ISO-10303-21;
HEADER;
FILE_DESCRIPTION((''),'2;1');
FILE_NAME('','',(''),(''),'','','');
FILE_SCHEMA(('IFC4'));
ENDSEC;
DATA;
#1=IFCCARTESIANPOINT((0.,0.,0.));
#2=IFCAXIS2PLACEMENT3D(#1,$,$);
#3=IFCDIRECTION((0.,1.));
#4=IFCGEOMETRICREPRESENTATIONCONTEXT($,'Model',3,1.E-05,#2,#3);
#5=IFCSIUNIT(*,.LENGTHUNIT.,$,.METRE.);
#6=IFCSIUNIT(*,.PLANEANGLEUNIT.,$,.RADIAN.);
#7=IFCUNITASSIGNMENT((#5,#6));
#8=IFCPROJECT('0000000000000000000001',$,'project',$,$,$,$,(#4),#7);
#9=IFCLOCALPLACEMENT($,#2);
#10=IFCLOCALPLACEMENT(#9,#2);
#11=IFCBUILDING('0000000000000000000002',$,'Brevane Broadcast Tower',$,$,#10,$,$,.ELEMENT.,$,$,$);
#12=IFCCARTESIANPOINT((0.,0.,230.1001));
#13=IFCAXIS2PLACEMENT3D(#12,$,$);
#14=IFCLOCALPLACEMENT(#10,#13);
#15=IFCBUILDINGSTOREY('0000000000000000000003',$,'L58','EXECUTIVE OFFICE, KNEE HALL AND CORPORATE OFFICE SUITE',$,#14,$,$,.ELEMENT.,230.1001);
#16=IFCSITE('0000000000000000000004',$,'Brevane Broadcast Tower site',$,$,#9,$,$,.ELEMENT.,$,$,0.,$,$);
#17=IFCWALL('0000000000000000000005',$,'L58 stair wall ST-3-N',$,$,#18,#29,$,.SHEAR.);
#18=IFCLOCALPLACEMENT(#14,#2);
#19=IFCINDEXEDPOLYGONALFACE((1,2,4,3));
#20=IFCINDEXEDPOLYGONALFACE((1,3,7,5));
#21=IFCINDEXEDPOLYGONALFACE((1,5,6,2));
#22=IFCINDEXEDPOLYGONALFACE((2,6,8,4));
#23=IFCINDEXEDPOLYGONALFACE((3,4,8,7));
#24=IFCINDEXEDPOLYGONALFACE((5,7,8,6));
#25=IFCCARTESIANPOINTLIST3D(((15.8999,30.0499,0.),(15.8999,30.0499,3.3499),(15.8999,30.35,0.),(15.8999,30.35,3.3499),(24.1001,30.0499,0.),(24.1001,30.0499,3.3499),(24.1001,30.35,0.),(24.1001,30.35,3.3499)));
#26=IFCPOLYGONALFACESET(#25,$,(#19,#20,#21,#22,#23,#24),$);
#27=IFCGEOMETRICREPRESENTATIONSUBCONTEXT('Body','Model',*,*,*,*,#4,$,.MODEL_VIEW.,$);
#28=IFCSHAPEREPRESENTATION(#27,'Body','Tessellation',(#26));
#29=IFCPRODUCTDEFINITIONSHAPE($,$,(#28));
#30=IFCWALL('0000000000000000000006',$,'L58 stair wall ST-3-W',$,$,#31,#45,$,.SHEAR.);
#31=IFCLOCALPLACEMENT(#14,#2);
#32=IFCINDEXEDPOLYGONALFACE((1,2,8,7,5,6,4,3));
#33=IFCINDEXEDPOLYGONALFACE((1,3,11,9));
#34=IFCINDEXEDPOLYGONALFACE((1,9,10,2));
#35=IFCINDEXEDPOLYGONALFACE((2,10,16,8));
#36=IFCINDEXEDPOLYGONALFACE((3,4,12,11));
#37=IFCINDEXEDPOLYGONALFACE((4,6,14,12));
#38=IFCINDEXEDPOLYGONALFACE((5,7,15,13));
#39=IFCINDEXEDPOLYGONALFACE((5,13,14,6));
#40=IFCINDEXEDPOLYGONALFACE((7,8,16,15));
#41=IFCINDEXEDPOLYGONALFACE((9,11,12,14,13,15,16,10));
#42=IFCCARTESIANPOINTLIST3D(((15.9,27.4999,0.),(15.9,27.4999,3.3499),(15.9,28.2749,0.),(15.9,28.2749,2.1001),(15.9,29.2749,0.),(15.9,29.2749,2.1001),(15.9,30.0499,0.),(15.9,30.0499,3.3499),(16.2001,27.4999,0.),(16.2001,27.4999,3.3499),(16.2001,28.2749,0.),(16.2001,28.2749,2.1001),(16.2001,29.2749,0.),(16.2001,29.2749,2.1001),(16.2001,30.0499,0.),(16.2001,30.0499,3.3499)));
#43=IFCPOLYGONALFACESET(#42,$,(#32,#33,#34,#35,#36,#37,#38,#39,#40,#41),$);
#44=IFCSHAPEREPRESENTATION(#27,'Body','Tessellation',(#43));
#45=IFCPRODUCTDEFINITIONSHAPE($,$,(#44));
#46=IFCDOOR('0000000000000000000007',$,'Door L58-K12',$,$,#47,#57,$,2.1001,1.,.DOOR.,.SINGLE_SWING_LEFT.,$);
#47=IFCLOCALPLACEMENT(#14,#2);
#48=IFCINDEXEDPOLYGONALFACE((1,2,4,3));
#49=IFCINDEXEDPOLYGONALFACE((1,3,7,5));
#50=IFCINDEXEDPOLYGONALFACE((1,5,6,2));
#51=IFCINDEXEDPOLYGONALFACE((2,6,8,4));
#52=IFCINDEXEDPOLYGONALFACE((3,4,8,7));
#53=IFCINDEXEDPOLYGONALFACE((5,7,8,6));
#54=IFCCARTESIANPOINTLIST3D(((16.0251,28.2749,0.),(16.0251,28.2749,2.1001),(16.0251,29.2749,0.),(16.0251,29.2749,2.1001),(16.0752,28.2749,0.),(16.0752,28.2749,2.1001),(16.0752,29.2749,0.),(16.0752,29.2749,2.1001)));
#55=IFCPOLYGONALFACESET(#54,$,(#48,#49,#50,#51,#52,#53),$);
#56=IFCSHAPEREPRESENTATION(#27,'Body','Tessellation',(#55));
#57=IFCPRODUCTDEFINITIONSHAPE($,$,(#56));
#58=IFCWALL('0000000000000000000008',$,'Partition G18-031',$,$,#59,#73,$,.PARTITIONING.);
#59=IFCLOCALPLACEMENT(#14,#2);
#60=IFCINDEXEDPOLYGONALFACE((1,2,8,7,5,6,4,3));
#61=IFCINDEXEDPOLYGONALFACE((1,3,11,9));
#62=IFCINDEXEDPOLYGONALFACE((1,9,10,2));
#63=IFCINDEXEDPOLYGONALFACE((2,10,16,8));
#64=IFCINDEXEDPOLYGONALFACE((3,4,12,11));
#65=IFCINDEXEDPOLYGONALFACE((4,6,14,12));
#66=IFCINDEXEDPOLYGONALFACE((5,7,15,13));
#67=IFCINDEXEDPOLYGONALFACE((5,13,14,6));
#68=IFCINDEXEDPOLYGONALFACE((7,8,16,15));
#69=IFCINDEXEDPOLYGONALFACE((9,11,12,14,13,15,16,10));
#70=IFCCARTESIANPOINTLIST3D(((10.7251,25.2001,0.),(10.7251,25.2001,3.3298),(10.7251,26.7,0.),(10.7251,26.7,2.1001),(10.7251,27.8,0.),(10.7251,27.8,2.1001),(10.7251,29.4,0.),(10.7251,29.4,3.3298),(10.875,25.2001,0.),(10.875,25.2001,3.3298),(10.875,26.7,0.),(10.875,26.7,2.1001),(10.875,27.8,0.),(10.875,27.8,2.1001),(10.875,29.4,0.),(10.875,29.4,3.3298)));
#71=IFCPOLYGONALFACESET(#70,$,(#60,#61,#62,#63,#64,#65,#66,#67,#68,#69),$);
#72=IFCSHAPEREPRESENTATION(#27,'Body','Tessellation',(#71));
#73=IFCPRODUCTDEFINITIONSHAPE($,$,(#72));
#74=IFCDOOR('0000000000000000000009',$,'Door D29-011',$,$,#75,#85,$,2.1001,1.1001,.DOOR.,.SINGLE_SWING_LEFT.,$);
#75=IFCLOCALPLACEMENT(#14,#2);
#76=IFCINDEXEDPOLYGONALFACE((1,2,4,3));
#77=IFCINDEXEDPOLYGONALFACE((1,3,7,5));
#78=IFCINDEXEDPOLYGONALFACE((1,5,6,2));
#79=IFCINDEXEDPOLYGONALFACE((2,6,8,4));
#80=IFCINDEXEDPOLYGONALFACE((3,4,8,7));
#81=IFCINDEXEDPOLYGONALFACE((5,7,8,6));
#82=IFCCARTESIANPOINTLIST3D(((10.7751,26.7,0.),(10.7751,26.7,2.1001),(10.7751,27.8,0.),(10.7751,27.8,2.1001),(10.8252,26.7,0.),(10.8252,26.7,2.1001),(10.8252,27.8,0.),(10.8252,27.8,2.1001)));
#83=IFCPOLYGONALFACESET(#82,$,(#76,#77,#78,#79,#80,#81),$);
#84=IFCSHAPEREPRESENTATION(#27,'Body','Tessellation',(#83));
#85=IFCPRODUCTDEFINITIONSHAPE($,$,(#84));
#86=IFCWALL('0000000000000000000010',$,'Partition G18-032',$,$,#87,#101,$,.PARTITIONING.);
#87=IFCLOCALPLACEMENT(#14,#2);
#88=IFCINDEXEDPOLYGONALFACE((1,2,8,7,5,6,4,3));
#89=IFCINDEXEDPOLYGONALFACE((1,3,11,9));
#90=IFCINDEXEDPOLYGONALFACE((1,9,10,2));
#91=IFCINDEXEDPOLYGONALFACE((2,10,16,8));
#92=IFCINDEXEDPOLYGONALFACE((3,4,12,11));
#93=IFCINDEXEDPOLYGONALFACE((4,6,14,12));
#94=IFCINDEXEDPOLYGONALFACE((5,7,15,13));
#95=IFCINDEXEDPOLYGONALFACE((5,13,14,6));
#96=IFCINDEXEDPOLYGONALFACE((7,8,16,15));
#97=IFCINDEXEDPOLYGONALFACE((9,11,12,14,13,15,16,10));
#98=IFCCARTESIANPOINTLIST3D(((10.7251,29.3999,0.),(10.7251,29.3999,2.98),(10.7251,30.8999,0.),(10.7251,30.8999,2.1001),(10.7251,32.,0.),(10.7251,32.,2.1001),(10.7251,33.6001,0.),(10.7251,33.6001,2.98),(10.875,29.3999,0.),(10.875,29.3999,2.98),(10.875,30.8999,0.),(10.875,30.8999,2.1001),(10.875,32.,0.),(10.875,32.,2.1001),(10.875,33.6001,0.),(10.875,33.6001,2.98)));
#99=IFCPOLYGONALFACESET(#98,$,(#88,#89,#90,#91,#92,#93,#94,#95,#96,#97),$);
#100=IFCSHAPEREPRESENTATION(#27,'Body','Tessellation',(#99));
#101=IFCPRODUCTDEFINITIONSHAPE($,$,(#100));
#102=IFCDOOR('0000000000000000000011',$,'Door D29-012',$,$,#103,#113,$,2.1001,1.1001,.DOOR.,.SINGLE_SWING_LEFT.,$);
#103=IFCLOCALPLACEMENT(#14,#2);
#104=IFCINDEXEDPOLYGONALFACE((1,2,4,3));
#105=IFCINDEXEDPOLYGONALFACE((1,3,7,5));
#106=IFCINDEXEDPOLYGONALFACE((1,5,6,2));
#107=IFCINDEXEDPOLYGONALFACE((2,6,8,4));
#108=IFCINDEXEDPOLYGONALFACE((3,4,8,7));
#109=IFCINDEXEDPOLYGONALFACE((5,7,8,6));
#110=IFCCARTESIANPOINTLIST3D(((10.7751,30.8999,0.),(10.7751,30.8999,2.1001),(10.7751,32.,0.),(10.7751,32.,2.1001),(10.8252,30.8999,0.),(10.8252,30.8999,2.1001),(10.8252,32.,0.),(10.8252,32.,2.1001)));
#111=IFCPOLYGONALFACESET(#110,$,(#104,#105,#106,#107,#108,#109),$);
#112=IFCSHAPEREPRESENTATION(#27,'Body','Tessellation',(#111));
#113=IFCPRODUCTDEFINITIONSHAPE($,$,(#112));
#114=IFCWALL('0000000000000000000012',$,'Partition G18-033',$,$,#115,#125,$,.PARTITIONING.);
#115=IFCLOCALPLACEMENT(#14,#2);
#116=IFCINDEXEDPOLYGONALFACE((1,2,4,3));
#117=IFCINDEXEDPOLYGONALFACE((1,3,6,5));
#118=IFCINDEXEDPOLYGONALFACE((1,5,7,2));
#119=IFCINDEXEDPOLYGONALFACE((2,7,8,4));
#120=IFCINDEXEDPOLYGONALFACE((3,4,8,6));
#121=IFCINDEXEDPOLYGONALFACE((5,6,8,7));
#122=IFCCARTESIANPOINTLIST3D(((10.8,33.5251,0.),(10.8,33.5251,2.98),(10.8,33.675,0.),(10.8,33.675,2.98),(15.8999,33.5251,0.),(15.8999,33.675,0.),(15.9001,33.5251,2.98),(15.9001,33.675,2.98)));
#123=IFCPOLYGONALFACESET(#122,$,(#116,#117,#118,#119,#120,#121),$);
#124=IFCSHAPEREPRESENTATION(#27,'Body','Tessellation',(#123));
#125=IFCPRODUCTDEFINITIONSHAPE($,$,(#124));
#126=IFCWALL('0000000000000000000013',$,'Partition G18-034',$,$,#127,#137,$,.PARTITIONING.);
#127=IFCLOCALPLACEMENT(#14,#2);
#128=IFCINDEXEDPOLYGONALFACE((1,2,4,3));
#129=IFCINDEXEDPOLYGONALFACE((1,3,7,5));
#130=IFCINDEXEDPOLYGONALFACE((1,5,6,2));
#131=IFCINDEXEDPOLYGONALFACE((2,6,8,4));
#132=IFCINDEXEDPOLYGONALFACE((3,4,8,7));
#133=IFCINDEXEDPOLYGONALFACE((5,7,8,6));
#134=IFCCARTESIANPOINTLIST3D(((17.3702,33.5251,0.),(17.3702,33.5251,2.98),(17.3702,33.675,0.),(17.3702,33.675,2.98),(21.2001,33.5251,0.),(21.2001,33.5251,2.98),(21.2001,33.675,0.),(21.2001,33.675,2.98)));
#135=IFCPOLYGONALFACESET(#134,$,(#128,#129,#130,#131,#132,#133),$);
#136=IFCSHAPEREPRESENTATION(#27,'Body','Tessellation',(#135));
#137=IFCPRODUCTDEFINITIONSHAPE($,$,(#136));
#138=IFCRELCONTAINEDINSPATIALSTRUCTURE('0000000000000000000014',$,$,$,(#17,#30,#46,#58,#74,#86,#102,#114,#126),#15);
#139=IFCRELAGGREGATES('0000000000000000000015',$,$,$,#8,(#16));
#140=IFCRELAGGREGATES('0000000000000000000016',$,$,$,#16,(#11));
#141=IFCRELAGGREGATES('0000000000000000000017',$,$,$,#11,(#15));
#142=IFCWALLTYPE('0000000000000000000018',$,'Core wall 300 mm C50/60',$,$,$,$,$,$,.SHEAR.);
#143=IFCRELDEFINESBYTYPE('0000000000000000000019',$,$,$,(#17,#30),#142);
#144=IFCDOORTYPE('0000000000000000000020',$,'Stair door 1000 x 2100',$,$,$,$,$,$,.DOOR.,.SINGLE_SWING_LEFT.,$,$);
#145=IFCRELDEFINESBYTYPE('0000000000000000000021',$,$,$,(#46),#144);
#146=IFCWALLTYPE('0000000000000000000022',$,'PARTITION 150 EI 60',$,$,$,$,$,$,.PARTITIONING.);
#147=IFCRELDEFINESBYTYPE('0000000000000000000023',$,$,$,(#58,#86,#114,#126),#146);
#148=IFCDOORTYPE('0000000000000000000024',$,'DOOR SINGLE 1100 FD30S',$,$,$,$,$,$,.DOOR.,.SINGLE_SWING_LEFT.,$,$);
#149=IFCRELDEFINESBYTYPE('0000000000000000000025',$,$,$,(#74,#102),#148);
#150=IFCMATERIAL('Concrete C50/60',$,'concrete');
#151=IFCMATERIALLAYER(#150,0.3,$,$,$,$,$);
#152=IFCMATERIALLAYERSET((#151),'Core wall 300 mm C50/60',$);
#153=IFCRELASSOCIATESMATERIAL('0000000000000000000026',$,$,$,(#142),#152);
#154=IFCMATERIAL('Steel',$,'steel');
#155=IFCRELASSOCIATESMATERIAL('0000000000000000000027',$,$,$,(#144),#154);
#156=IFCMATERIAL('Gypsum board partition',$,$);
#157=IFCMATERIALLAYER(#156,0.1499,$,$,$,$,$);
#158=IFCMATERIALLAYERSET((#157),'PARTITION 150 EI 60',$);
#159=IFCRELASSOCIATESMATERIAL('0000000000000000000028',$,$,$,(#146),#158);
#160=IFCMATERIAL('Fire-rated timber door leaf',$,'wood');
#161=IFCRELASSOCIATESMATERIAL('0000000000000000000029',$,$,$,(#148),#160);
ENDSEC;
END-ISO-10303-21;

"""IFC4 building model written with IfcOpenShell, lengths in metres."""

from ifc_helpers import new_model, si_unit, direction, frame, frame_2d, origin, place, context, subcontext, project, spatial, polyline, rectangle, outline, extrude, material, layer, layer_set, type_object, element, fill, save


model = new_model("IFC4")

# Units and contexts
model_context = context("Model", 3, precision=1e-05, world=origin(), true_north=direction((0.0, 1.0)))
body_context = subcontext(model_context, "Body", "Model", "MODEL_VIEW")
ifc_project = project(units=[si_unit("LENGTHUNIT", "METRE"), si_unit("PLANEANGLEUNIT", "RADIAN")], contexts=[model_context])

# Site, building, storey
site_placement = place(None, origin())
site = spatial("IfcSite", under=ifc_project, at=site_placement, Name="Brevane Broadcast Tower site", CompositionType="ELEMENT", RefElevation=0.0)
building_placement = place(site_placement, origin())
building = spatial("IfcBuilding", under=site, at=building_placement, Name="Brevane Broadcast Tower", CompositionType="ELEMENT")
storey_placement = place(building_placement, frame((0.0, 0.0, 230.1001)))
storey = spatial("IfcBuildingStorey", under=building, at=storey_placement, Name="L58", Description="EXECUTIVE OFFICE, KNEE HALL AND CORPORATE OFFICE SUITE", CompositionType="ELEMENT", Elevation=230.1001)

# Shared definitions
ifc_material_1 = material(Name="Concrete C50/60", Category="concrete")

# Wall
ifc_layer_1 = layer(ifc_material_1, 0.3)
ifc_layer_set_1 = layer_set([ifc_layer_1], Name="Core wall 300 mm C50/60")
wall_type_1 = type_object("IfcWallType", Name="Core wall 300 mm C50/60", PredefinedType="SHEAR", material=ifc_layer_set_1)
for number, where, z_axis, x_axis, name in (
    (1, (15.8999, 30.2, 0.0), (0.0, 0.0, 1.0), (1.0, 0.0, 0.0), "L58 stair wall ST-3-N"),
):
    element("IfcWall", number, at=place(storey_placement, frame(where, z_axis=z_axis, x_axis=x_axis)), inside=storey, type_object=wall_type_1, Name=name, PredefinedType="SHEAR", context=body_context, shape_type="SweptSolid", body=[
        extrude(rectangle(XDim=8.2002, YDim=0.3, at=frame_2d((4.1001, 0.0))), origin(), (0.0, 0.0, 1.0), 3.3499),
    ])

# Walls, openings, doors
wall_1_placement = place(storey_placement, frame((16.05, 27.5, 0.0), z_axis=(0.0, 0.0, 1.0), x_axis=(0.0, 1.0, 0.0)))
wall_1 = element("IfcWall", 2, at=wall_1_placement, inside=storey, type_object=wall_type_1, Name="L58 stair wall ST-3-W", PredefinedType="SHEAR", context=body_context, shape_type="SweptSolid", body=[
    extrude(rectangle(XDim=2.55, YDim=0.3, at=frame_2d((1.2749, 0.0))), origin(), (0.0, 0.0, 1.0), 3.3499),
])
opening_1_placement = place(wall_1_placement, frame((0.7749, 0.0, 0.0)))
opening_1 = element("IfcOpeningElement", 3, at=opening_1_placement, cuts=wall_1, PredefinedType="OPENING", context=body_context, shape_type="SweptSolid", body=[
    extrude(rectangle(XDim=1.0, YDim=2.1001, at=frame_2d((0.5, 1.05))), frame((0.0, 0.1599, 0.0), z_axis=(0.0, -1.0, 0.0), x_axis=(1.0, 0.0, 0.0)), (0.0, 0.0, 1.0), 0.3201),
])
ifc_material_2 = material(Name="Steel", Category="steel")
door_type_1 = type_object("IfcDoorType", Name="Stair door 1000 x 2100", OperationType="SINGLE_SWING_LEFT", PredefinedType="DOOR", material=ifc_material_2)
door_1_placement = place(opening_1_placement, origin())
door_1 = element("IfcDoor", 4, at=door_1_placement, inside=storey, type_object=door_type_1, Name="Door L58-K12", OperationType="SINGLE_SWING_LEFT", OverallHeight=2.1001, OverallWidth=1.0, PredefinedType="DOOR", context=body_context, shape_type="SweptSolid", body=[
    extrude(rectangle(XDim=1.0, YDim=2.1001, at=frame_2d((0.5, 1.05))), frame((0.0, 0.0249, 0.0), z_axis=(0.0, -1.0, 0.0), x_axis=(1.0, 0.0, 0.0)), (0.0, 0.0, 1.0), 0.05),
])
fill(opening_1, door_1)
ifc_material_3 = material(Name="Gypsum board partition")
ifc_layer_2 = layer(ifc_material_3, 0.1499)
ifc_layer_set_2 = layer_set([ifc_layer_2], Name="PARTITION 150 EI 60")
wall_type_2 = type_object("IfcWallType", Name="PARTITION 150 EI 60", PredefinedType="PARTITIONING", material=ifc_layer_set_2)
wall_2_placement = place(storey_placement, frame((10.8, 25.2, 0.0), z_axis=(0.0, 0.0, 1.0), x_axis=(0.0, 1.0, 0.0)))
wall_2 = element("IfcWall", 5, at=wall_2_placement, inside=storey, type_object=wall_type_2, Name="Partition G18-031", PredefinedType="PARTITIONING", context=body_context, shape_type="SweptSolid", body=[
    extrude(rectangle(XDim=4.2, YDim=0.1499, at=frame_2d((2.1001, 0.0))), origin(), (0.0, 0.0, 1.0), 3.3298),
])
opening_2_placement = place(wall_2_placement, frame((1.5, 0.0, 0.0)))
opening_2 = element("IfcOpeningElement", 6, at=opening_2_placement, cuts=wall_2, PredefinedType="OPENING", context=body_context, shape_type="SweptSolid", body=[
    extrude(rectangle(XDim=1.1001, YDim=2.1001, at=frame_2d((0.55, 1.05))), frame((0.0, 0.085, 0.0), z_axis=(0.0, -1.0, 0.0), x_axis=(1.0, 0.0, 0.0)), (0.0, 0.0, 1.0), 0.1699),
])
ifc_material_4 = material(Name="Fire-rated timber door leaf", Category="wood")
door_type_2 = type_object("IfcDoorType", Name="DOOR SINGLE 1100 FD30S", OperationType="SINGLE_SWING_LEFT", PredefinedType="DOOR", material=ifc_material_4)
door_2_placement = place(opening_2_placement, origin())
door_2 = element("IfcDoor", 7, at=door_2_placement, inside=storey, type_object=door_type_2, Name="Door D29-011", OperationType="SINGLE_SWING_LEFT", OverallHeight=2.1001, OverallWidth=1.1001, PredefinedType="DOOR", context=body_context, shape_type="SweptSolid", body=[
    extrude(rectangle(XDim=1.1001, YDim=2.1001, at=frame_2d((0.55, 1.05))), frame((0.0, 0.0249, 0.0), z_axis=(0.0, -1.0, 0.0), x_axis=(1.0, 0.0, 0.0)), (0.0, 0.0, 1.0), 0.05),
])
fill(opening_2, door_2)
wall_3_placement = place(storey_placement, frame((10.8, 29.3999, 0.0), z_axis=(0.0, 0.0, 1.0), x_axis=(0.0, 1.0, 0.0)))
wall_3 = element("IfcWall", 8, at=wall_3_placement, inside=storey, type_object=wall_type_2, Name="Partition G18-032", PredefinedType="PARTITIONING", context=body_context, shape_type="SweptSolid", body=[
    extrude(rectangle(XDim=4.2002, YDim=0.1499, at=frame_2d((2.1001, 0.0))), origin(), (0.0, 0.0, 1.0), 2.98),
])
opening_3_placement = place(wall_3_placement, frame((1.5, 0.0, 0.0)))
opening_3 = element("IfcOpeningElement", 9, at=opening_3_placement, cuts=wall_3, PredefinedType="OPENING", context=body_context, shape_type="SweptSolid", body=[
    extrude(rectangle(XDim=1.1001, YDim=2.1001, at=frame_2d((0.55, 1.05))), frame((0.0, 0.085, 0.0), z_axis=(0.0, -1.0, 0.0), x_axis=(1.0, 0.0, 0.0)), (0.0, 0.0, 1.0), 0.1699),
])
door_3_placement = place(opening_3_placement, origin())
door_3 = element("IfcDoor", 10, at=door_3_placement, inside=storey, type_object=door_type_2, Name="Door D29-012", OperationType="SINGLE_SWING_LEFT", OverallHeight=2.1001, OverallWidth=1.1001, PredefinedType="DOOR", context=body_context, shape_type="SweptSolid", body=[
    extrude(rectangle(XDim=1.1001, YDim=2.1001, at=frame_2d((0.55, 1.05))), frame((0.0, 0.0249, 0.0), z_axis=(0.0, -1.0, 0.0), x_axis=(1.0, 0.0, 0.0)), (0.0, 0.0, 1.0), 0.05),
])
fill(opening_3, door_3)

# Walls
wall_4_placement = place(storey_placement, frame((10.8, 33.6001, 0.0), z_axis=(0.0, 0.0, 1.0), x_axis=(1.0, 0.0, 0.0)))
element("IfcWall", 11, at=wall_4_placement, inside=storey, type_object=wall_type_2, Name="Partition G18-033", PredefinedType="PARTITIONING", context=body_context, shape_type="SweptSolid", body=[
    extrude(outline(polyline([(0.0, 0.0), (5.0999, 0.0), (5.1001, 2.98), (0.0, 2.98), (0.0, 0.0)])), frame((0.0, 0.075, 0.0), z_axis=(0.0, -1.0, 0.0), x_axis=(1.0, 0.0, 0.0)), (0.0, 0.0, 1.0), 0.1499),
])
wall_5_placement = place(storey_placement, frame((17.3701, 33.6001, 0.0), z_axis=(0.0, 0.0, 1.0), x_axis=(1.0, 0.0, 0.0)))
element("IfcWall", 12, at=wall_5_placement, inside=storey, type_object=wall_type_2, Name="Partition G18-034", PredefinedType="PARTITIONING", context=body_context, shape_type="SweptSolid", body=[
    extrude(rectangle(XDim=3.8298, YDim=0.1499, at=frame_2d((1.915, 0.0))), origin(), (0.0, 0.0, 1.0), 2.98),
])

save(model, "model.ifc")
